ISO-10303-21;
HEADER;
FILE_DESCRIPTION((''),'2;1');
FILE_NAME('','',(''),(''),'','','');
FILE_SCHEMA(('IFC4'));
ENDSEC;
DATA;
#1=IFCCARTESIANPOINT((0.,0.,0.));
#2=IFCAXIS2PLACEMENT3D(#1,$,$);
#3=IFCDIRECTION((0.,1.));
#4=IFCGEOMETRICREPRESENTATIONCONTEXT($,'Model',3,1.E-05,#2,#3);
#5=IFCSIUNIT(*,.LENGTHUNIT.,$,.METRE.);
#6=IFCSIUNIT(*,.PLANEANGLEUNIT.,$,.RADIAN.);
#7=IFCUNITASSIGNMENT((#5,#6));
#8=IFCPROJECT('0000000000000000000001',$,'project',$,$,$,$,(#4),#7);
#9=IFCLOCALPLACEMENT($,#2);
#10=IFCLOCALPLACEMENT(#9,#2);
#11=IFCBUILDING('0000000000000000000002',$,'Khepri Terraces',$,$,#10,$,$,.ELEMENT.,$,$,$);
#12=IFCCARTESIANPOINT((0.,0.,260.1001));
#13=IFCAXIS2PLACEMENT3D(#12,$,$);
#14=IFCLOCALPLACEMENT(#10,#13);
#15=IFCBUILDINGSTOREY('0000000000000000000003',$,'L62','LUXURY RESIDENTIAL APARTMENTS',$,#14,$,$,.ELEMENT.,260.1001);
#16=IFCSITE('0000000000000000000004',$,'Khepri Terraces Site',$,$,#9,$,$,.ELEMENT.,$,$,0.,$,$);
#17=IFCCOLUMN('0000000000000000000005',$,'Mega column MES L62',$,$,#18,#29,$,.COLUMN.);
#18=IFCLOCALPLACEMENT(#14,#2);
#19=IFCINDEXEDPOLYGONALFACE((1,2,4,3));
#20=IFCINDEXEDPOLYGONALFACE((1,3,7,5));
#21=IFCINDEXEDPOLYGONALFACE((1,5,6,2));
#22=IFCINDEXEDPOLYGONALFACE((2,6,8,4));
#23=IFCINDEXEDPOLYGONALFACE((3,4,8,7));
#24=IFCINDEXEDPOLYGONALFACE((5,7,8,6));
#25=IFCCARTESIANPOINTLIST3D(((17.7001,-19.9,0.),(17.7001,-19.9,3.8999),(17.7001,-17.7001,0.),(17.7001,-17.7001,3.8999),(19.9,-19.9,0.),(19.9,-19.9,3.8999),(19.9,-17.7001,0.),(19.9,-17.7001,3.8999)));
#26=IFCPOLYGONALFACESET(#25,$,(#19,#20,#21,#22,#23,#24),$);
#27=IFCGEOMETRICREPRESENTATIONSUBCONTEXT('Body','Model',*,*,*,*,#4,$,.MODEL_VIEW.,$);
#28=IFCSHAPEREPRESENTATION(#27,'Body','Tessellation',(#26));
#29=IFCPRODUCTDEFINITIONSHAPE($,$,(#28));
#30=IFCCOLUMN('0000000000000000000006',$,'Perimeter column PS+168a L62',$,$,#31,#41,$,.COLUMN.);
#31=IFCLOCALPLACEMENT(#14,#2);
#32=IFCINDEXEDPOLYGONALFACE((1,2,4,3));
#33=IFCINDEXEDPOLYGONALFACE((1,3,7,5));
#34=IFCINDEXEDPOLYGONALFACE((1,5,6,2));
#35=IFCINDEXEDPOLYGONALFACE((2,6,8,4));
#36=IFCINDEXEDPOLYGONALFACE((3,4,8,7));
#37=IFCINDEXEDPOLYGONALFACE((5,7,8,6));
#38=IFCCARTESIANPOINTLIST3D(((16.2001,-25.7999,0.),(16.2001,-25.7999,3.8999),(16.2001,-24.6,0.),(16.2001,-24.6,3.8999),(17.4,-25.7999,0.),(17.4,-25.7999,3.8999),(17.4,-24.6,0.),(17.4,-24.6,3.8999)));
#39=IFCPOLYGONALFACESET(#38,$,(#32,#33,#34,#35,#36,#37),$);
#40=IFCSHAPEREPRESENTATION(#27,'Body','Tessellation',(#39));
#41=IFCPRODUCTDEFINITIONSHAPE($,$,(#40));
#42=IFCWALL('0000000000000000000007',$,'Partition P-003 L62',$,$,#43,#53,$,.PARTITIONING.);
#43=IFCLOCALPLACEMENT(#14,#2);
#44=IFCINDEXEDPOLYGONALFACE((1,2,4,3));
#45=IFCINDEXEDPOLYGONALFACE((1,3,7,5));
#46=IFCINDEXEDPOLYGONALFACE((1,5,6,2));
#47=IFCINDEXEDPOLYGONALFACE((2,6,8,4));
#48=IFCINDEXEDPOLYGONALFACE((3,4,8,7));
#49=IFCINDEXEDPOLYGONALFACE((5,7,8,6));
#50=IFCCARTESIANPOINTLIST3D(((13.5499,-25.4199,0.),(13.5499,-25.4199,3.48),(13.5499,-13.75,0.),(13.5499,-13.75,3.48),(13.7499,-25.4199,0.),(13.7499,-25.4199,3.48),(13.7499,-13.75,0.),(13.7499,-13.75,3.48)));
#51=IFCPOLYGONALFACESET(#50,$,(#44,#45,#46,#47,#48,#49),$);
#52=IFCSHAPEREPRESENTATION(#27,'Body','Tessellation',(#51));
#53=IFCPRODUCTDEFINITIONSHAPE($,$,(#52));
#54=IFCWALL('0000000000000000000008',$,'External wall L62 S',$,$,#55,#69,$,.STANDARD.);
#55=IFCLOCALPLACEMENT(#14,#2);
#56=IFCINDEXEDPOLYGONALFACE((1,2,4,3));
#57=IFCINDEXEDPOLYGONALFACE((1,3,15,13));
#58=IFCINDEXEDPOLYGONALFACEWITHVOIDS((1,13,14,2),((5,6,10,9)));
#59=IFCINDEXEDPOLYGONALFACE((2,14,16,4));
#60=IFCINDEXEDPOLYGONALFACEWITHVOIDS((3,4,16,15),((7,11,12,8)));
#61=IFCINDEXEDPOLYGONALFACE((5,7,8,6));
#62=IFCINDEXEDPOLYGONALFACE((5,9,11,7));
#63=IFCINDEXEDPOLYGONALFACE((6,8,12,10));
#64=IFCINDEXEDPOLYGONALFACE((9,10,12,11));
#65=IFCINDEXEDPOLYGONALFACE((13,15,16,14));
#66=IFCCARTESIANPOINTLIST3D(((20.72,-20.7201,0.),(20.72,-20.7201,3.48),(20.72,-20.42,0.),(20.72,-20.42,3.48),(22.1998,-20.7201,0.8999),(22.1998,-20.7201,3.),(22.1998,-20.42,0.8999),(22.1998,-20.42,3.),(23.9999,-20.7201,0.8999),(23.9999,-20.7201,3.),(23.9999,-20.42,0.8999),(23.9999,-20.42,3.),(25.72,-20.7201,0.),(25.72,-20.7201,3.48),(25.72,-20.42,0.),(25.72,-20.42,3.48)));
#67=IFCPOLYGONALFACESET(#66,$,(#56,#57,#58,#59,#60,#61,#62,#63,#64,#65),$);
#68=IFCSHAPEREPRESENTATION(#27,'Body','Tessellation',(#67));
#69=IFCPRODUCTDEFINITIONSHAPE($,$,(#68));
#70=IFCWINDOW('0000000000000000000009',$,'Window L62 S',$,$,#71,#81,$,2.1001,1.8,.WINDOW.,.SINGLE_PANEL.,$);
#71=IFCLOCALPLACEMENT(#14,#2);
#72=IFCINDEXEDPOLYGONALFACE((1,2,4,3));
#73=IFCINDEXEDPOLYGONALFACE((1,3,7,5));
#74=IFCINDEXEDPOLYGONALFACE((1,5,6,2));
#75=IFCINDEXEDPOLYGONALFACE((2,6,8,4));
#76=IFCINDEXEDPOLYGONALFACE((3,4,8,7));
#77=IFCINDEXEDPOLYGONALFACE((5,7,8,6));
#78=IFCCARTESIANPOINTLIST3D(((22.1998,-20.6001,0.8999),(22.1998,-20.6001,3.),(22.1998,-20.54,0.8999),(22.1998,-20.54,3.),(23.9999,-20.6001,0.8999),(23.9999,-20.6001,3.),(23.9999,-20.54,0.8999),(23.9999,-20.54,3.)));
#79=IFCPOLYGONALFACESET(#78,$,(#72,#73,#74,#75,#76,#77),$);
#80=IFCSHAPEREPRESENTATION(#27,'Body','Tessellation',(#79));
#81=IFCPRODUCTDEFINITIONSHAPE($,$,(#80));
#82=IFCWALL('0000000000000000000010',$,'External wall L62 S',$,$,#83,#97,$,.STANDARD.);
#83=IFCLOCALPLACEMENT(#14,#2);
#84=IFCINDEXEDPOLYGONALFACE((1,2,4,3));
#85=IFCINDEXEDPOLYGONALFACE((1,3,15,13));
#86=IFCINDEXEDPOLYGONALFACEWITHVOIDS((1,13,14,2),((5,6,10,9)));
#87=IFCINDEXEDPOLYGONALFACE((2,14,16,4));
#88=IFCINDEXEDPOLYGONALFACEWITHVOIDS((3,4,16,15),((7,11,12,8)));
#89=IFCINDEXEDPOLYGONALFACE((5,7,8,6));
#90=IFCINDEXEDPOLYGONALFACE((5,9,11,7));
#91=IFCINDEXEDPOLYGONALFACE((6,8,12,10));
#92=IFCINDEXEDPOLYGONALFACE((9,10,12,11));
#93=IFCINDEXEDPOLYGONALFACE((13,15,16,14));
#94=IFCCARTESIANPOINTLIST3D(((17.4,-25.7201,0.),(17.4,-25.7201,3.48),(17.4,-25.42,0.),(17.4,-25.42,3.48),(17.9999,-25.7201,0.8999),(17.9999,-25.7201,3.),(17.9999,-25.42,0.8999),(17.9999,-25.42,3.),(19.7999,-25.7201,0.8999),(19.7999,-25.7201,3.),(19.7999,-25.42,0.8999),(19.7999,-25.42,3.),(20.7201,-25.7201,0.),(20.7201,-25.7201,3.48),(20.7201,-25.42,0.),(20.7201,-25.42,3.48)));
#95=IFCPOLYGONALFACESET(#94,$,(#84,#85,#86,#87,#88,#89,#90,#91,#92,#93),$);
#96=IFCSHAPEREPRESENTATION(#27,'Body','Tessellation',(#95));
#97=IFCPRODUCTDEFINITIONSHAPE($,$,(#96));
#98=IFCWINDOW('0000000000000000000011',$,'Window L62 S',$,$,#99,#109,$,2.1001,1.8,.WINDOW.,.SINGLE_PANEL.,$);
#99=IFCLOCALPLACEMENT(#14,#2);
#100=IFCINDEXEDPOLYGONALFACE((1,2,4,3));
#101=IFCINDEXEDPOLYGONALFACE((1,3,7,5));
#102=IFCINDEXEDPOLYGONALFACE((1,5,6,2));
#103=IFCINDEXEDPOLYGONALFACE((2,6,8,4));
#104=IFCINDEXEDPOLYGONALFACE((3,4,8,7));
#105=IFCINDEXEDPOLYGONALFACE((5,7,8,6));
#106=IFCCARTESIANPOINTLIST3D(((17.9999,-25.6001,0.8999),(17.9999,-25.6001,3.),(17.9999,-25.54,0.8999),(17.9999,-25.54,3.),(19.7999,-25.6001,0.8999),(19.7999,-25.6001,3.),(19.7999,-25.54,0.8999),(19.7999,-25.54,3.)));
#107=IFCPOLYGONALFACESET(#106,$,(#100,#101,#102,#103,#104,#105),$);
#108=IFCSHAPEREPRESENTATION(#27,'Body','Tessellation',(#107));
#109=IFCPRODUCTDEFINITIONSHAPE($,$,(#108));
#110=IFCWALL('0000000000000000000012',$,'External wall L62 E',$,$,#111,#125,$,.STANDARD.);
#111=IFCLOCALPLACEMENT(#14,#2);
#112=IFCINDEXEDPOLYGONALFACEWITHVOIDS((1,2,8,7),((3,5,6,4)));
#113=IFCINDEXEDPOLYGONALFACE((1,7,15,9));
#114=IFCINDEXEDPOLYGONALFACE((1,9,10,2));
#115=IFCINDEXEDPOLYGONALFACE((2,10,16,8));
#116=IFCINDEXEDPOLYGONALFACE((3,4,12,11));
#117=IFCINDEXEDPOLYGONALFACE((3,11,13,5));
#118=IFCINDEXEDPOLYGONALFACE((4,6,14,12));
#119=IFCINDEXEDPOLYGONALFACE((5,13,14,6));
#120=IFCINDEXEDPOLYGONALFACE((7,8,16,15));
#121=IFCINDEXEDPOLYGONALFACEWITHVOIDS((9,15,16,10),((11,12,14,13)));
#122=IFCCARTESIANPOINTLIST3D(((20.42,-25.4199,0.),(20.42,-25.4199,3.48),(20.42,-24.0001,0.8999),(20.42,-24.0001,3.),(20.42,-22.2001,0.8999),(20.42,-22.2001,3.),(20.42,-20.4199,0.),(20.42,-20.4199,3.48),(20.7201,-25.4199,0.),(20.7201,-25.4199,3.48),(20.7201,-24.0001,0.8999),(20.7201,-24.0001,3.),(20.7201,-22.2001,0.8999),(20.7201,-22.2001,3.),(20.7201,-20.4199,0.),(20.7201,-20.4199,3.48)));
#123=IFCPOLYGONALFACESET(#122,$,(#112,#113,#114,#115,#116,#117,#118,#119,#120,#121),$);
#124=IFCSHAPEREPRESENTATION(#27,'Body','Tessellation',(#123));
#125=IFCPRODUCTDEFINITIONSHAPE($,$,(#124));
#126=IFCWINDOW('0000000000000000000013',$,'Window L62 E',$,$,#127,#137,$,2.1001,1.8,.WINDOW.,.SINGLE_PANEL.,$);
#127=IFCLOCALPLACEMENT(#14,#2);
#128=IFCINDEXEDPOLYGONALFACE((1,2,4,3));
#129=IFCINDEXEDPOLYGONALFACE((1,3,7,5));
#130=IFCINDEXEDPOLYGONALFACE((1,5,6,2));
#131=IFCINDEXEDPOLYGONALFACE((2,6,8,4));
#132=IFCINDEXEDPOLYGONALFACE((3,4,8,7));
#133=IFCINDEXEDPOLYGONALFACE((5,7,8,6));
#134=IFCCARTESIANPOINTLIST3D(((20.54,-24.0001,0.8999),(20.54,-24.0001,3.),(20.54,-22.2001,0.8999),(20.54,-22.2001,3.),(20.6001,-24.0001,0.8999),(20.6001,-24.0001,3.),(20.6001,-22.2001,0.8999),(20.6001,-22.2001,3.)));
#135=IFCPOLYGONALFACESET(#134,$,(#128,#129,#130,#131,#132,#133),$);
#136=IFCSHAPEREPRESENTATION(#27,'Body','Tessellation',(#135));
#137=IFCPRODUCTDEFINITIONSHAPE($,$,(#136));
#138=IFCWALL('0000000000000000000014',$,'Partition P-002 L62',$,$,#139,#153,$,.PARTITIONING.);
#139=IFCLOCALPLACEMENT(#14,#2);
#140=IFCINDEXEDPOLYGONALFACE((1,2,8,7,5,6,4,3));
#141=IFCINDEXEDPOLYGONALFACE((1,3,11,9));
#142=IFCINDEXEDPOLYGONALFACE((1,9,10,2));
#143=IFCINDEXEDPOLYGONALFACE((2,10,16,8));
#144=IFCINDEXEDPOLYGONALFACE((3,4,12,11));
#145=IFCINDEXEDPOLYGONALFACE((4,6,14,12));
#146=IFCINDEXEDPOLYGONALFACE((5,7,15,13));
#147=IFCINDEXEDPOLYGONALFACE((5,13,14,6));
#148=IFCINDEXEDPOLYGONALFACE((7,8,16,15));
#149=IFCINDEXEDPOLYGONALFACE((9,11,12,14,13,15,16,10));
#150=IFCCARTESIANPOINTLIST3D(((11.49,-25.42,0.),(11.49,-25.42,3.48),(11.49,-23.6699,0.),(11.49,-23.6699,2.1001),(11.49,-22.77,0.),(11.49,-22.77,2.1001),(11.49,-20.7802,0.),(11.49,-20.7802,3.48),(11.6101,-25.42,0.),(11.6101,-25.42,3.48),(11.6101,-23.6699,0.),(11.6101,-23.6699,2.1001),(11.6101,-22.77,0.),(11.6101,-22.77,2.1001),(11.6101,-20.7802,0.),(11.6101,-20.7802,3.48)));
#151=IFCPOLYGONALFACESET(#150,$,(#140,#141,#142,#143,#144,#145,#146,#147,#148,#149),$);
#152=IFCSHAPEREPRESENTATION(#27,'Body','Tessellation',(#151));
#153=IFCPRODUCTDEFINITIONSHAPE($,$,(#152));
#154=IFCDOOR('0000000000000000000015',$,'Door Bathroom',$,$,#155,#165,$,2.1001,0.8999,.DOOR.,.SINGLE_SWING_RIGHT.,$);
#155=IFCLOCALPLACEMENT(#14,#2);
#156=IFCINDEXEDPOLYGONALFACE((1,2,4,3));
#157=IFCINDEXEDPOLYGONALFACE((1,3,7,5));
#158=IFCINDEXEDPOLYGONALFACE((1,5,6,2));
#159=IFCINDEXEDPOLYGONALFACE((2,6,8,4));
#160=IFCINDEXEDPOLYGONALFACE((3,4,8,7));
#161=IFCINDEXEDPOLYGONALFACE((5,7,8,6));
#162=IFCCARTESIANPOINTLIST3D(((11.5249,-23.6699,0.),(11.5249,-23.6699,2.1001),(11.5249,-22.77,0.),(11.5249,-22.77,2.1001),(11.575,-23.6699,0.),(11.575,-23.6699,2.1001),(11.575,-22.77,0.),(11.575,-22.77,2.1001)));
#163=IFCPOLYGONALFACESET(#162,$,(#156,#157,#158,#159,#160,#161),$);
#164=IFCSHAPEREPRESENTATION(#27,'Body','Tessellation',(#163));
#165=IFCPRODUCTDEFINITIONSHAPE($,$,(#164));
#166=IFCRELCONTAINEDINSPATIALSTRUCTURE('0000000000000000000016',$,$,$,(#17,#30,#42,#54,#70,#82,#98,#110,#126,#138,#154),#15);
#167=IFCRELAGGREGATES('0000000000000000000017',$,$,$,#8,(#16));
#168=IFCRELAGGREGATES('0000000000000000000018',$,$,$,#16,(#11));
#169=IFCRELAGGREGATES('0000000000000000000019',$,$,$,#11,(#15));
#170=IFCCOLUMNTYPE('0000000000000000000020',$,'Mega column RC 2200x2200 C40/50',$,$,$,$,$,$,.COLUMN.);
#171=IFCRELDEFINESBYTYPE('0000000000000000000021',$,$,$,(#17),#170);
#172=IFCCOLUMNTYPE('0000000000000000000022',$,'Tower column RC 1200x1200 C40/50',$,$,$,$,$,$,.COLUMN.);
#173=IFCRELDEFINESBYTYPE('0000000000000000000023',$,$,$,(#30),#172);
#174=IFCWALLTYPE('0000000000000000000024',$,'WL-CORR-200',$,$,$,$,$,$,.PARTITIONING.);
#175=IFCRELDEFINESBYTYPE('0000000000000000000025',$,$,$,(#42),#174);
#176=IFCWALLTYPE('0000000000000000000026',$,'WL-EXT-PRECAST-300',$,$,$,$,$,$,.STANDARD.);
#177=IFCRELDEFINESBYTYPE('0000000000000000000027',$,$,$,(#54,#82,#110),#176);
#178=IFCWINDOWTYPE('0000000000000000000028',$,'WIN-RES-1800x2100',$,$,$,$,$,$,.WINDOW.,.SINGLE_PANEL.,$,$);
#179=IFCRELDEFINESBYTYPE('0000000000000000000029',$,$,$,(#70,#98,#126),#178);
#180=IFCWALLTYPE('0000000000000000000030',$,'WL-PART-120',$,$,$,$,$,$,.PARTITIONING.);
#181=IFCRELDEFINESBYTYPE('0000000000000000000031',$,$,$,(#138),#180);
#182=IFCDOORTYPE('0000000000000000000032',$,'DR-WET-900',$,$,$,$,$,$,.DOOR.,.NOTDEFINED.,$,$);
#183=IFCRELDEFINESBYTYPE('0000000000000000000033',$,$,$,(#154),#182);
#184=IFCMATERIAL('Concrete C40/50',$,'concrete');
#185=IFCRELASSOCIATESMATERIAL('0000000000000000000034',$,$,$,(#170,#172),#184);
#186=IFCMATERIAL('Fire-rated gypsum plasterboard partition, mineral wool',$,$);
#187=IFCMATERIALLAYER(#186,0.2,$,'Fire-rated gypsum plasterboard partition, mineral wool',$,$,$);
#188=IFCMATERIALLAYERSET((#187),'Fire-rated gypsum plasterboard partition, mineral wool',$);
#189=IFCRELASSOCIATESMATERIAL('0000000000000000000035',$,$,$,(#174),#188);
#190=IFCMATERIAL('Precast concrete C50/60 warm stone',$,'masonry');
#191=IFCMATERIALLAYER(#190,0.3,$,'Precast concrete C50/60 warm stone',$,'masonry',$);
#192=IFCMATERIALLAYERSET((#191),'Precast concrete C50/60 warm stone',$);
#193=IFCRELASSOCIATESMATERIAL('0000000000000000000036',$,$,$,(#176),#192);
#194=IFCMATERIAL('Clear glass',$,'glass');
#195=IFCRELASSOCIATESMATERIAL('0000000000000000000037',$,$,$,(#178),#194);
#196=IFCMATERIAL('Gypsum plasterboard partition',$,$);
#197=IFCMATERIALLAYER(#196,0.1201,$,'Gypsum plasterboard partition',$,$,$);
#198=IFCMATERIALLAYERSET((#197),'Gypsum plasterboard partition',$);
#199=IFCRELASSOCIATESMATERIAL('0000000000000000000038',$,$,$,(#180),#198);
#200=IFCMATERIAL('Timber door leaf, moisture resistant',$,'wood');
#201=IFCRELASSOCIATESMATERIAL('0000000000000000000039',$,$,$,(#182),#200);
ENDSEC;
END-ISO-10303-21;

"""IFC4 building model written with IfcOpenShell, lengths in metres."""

from ifc_helpers import new_model, si_unit, direction, frame, frame_2d, origin, origin_2d, place, context, subcontext, project, spatial, rectangle, extrude, material, layer, layer_set, material_profile, profile_set, type_object, element, fill, save


model = new_model("IFC4")

# Units and contexts
model_context = context("Model", 3, precision=1e-05, world=origin(), true_north=direction((0.0, 1.0)))
body_context = subcontext(model_context, "Body", "Model", "MODEL_VIEW")
ifc_project = project(units=[si_unit("LENGTHUNIT", "METRE"), si_unit("PLANEANGLEUNIT", "RADIAN")], contexts=[model_context])

# Site, building, storey
site_placement = place(None, origin())
site = spatial("IfcSite", under=ifc_project, at=site_placement, Name="Khepri Terraces Site", CompositionType="ELEMENT", RefElevation=0.0)
building_placement = place(site_placement, origin())
building = spatial("IfcBuilding", under=site, at=building_placement, Name="Khepri Terraces", CompositionType="ELEMENT")
storey_placement = place(building_placement, frame((0.0, 0.0, 260.1001)))
storey = spatial("IfcBuildingStorey", under=building, at=storey_placement, Name="L62", Description="LUXURY RESIDENTIAL APARTMENTS", CompositionType="ELEMENT", Elevation=260.1001)

# Columns
ifc_material_1 = material(Name="Concrete C40/50", Category="concrete")
ifc_material_profile_1 = material_profile(ifc_material_1, rectangle(XDim=2.2, YDim=2.2, at=origin_2d()), Name="Concrete C40/50", Category="concrete")
ifc_profile_set_1 = profile_set([ifc_material_profile_1], Name="Concrete C40/50")
column_type_1 = type_object("IfcColumnType", Name="Mega column RC 2200x2200 C40/50", PredefinedType="COLUMN", material=ifc_profile_set_1)
column_1_placement = place(storey_placement, frame((18.8, -18.8, 0.0), z_axis=(0.0, 0.0, 1.0), x_axis=(1.0, 0.0, 0.0)))
element("IfcColumn", 1, at=column_1_placement, inside=storey, type_object=column_type_1, Name="Mega column MES L62", PredefinedType="COLUMN", context=body_context, shape_type="SweptSolid", body=[
    extrude(rectangle(XDim=2.2, YDim=2.2, at=origin_2d()), origin(), (0.0, 0.0, 1.0), 3.8999),
])
ifc_material_profile_2 = material_profile(ifc_material_1, rectangle(XDim=1.2, YDim=1.2, at=origin_2d()), Name="Concrete C40/50", Category="concrete")
ifc_profile_set_2 = profile_set([ifc_material_profile_2], Name="Concrete C40/50")
column_type_2 = type_object("IfcColumnType", Name="Tower column RC 1200x1200 C40/50", PredefinedType="COLUMN", material=ifc_profile_set_2)
column_2_placement = place(storey_placement, frame((16.8, -25.2, 0.0), z_axis=(0.0, 0.0, 1.0), x_axis=(1.0, 0.0, 0.0)))
element("IfcColumn", 2, at=column_2_placement, inside=storey, type_object=column_type_2, Name="Perimeter column PS+168a L62", PredefinedType="COLUMN", context=body_context, shape_type="SweptSolid", body=[
    extrude(rectangle(XDim=1.2, YDim=1.2, at=origin_2d()), origin(), (0.0, 0.0, 1.0), 3.8999),
])

# Wall
ifc_material_2 = material(Name="Fire-rated gypsum plasterboard partition, mineral wool")
ifc_layer_1 = layer(ifc_material_2, 0.2, Name="Fire-rated gypsum plasterboard partition, mineral wool")
ifc_layer_set_1 = layer_set([ifc_layer_1], Name="Fire-rated gypsum plasterboard partition, mineral wool")
wall_type_1 = type_object("IfcWallType", Name="WL-CORR-200", PredefinedType="PARTITIONING", material=ifc_layer_set_1)
wall_1_placement = place(storey_placement, frame((13.6499, -25.4199, 0.0), z_axis=(0.0, 0.0, 1.0), x_axis=(0.0, 1.0, 0.0)))
element("IfcWall", 3, at=wall_1_placement, inside=storey, type_object=wall_type_1, Name="Partition P-003 L62", PredefinedType="PARTITIONING", context=body_context, shape_type="SweptSolid", body=[
    extrude(rectangle(XDim=11.6699, YDim=0.2, at=frame_2d((5.835, 0.0))), origin(), (0.0, 0.0, 1.0), 3.48),
])

# Wall, opening, window
ifc_material_3 = material(Name="Precast concrete C50/60 warm stone", Category="masonry")
ifc_layer_2 = layer(ifc_material_3, 0.3, Name="Precast concrete C50/60 warm stone", Category="masonry")
ifc_layer_set_2 = layer_set([ifc_layer_2], Name="Precast concrete C50/60 warm stone")
wall_type_2 = type_object("IfcWallType", Name="WL-EXT-PRECAST-300", PredefinedType="STANDARD", material=ifc_layer_set_2)
wall_2_placement = place(storey_placement, frame((20.72, -20.5701, 0.0), z_axis=(0.0, 0.0, 1.0), x_axis=(1.0, 0.0, 0.0)))
wall_2 = element("IfcWall", 4, at=wall_2_placement, inside=storey, type_object=wall_type_2, Name="External wall L62 S", PredefinedType="STANDARD", context=body_context, shape_type="SweptSolid", body=[
    extrude(rectangle(XDim=5.0, YDim=0.3, at=frame_2d((2.5, 0.0))), origin(), (0.0, 0.0, 1.0), 3.48),
])
opening_1_placement = place(wall_2_placement, frame((1.48, 0.0, 0.8999)))
opening_1 = element("IfcOpeningElement", 5, at=opening_1_placement, cuts=wall_2, PredefinedType="OPENING", context=body_context, shape_type="SweptSolid", body=[
    extrude(rectangle(XDim=1.8, YDim=2.1001, at=frame_2d((0.8999, 1.05))), frame((0.0, 0.1602, 0.0), z_axis=(0.0, -1.0, 0.0), x_axis=(1.0, 0.0, 0.0)), (0.0, 0.0, 1.0), 0.3201),
])
ifc_material_4 = material(Name="Clear glass", Category="glass")
window_type = type_object("IfcWindowType", Name="WIN-RES-1800x2100", PartitioningType="SINGLE_PANEL", PredefinedType="WINDOW", material=ifc_material_4)
window_1_placement = place(opening_1_placement, origin())
window_1 = element("IfcWindow", 6, at=window_1_placement, inside=storey, type_object=window_type, Name="Window L62 S", OverallHeight=2.1001, OverallWidth=1.8, PartitioningType="SINGLE_PANEL", PredefinedType="WINDOW", context=body_context, shape_type="SweptSolid", body=[
    extrude(rectangle(XDim=1.8, YDim=2.1001, at=frame_2d((0.8999, 1.05))), frame((0.0, 0.03, 0.0), z_axis=(0.0, -1.0, 0.0), x_axis=(1.0, 0.0, 0.0)), (0.0, 0.0, 1.0), 0.0601),
])
fill(opening_1, window_1)

# Walls, openings, windows
wall_3_placement = place(storey_placement, frame((17.3999, -25.5701, 0.0), z_axis=(0.0, 0.0, 1.0), x_axis=(1.0, 0.0, 0.0)))
wall_3 = element("IfcWall", 7, at=wall_3_placement, inside=storey, type_object=wall_type_2, Name="External wall L62 S", PredefinedType="STANDARD", context=body_context, shape_type="SweptSolid", body=[
    extrude(rectangle(XDim=3.3201, YDim=0.3, at=frame_2d((1.6602, 0.0))), origin(), (0.0, 0.0, 1.0), 3.48),
])
opening_2_placement = place(wall_3_placement, frame((0.6001, 0.0, 0.8999)))
opening_2 = element("IfcOpeningElement", 8, at=opening_2_placement, cuts=wall_3, PredefinedType="OPENING", context=body_context, shape_type="SweptSolid", body=[
    extrude(rectangle(XDim=1.8, YDim=2.1001, at=frame_2d((0.8999, 1.05))), frame((0.0, 0.1602, 0.0), z_axis=(0.0, -1.0, 0.0), x_axis=(1.0, 0.0, 0.0)), (0.0, 0.0, 1.0), 0.3201),
])
window_2_placement = place(opening_2_placement, origin())
window_2 = element("IfcWindow", 9, at=window_2_placement, inside=storey, type_object=window_type, Name="Window L62 S", OverallHeight=2.1001, OverallWidth=1.8, PartitioningType="SINGLE_PANEL", PredefinedType="WINDOW", context=body_context, shape_type="SweptSolid", body=[
    extrude(rectangle(XDim=1.8, YDim=2.1001, at=frame_2d((0.8999, 1.05))), frame((0.0, 0.03, 0.0), z_axis=(0.0, -1.0, 0.0), x_axis=(1.0, 0.0, 0.0)), (0.0, 0.0, 1.0), 0.0601),
])
fill(opening_2, window_2)
wall_4_placement = place(storey_placement, frame((20.5701, -25.4199, 0.0), z_axis=(0.0, 0.0, 1.0), x_axis=(0.0, 1.0, 0.0)))
wall_4 = element("IfcWall", 10, at=wall_4_placement, inside=storey, type_object=wall_type_2, Name="External wall L62 E", PredefinedType="STANDARD", context=body_context, shape_type="SweptSolid", body=[
    extrude(rectangle(XDim=5.0, YDim=0.3, at=frame_2d((2.5, 0.0))), origin(), (0.0, 0.0, 1.0), 3.48),
])
opening_3_placement = place(wall_4_placement, frame((1.4199, 0.0, 0.8999)))
opening_3 = element("IfcOpeningElement", 11, at=opening_3_placement, cuts=wall_4, PredefinedType="OPENING", context=body_context, shape_type="SweptSolid", body=[
    extrude(rectangle(XDim=1.8, YDim=2.1001, at=frame_2d((0.8999, 1.05))), frame((0.0, 0.1602, 0.0), z_axis=(0.0, -1.0, 0.0), x_axis=(1.0, 0.0, 0.0)), (0.0, 0.0, 1.0), 0.3201),
])
window_3_placement = place(opening_3_placement, origin())
window_3 = element("IfcWindow", 12, at=window_3_placement, inside=storey, type_object=window_type, Name="Window L62 E", OverallHeight=2.1001, OverallWidth=1.8, PartitioningType="SINGLE_PANEL", PredefinedType="WINDOW", context=body_context, shape_type="SweptSolid", body=[
    extrude(rectangle(XDim=1.8, YDim=2.1001, at=frame_2d((0.8999, 1.05))), frame((0.0, 0.03, 0.0), z_axis=(0.0, -1.0, 0.0), x_axis=(1.0, 0.0, 0.0)), (0.0, 0.0, 1.0), 0.0601),
])
fill(opening_3, window_3)

# Wall, opening, door
ifc_material_5 = material(Name="Gypsum plasterboard partition")
ifc_layer_3 = layer(ifc_material_5, 0.1201, Name="Gypsum plasterboard partition")
ifc_layer_set_3 = layer_set([ifc_layer_3], Name="Gypsum plasterboard partition")
wall_type_3 = type_object("IfcWallType", Name="WL-PART-120", PredefinedType="PARTITIONING", material=ifc_layer_set_3)
wall_5_placement = place(storey_placement, frame((11.55, -25.4199, 0.0), z_axis=(0.0, 0.0, 1.0), x_axis=(0.0, 1.0, 0.0)))
wall_5 = element("IfcWall", 13, at=wall_5_placement, inside=storey, type_object=wall_type_3, Name="Partition P-002 L62", PredefinedType="PARTITIONING", context=body_context, shape_type="SweptSolid", body=[
    extrude(rectangle(XDim=4.6399, YDim=0.1201, at=frame_2d((2.3198, 0.0))), origin(), (0.0, 0.0, 1.0), 3.48),
])
opening_4_placement = place(wall_5_placement, frame((1.75, 0.0, 0.0)))
opening_4 = element("IfcOpeningElement", 14, at=opening_4_placement, cuts=wall_5, PredefinedType="OPENING", context=body_context, shape_type="SweptSolid", body=[
    extrude(rectangle(XDim=0.8999, YDim=2.1001, at=frame_2d((0.45, 1.05))), frame((0.0, 0.0701, 0.0), z_axis=(0.0, -1.0, 0.0), x_axis=(1.0, 0.0, 0.0)), (0.0, 0.0, 1.0), 0.1401),
])
ifc_material_6 = material(Name="Timber door leaf, moisture resistant", Category="wood")
door_type_1 = type_object("IfcDoorType", Name="DR-WET-900", OperationType="NOTDEFINED", PredefinedType="DOOR", material=ifc_material_6)
door_1_placement = place(opening_4_placement, frame((0.8999, 0.0, 0.0), z_axis=(0.0, 0.0, 1.0), x_axis=(-1.0, 0.0, 0.0)))
door_1 = element("IfcDoor", 15, at=door_1_placement, inside=storey, type_object=door_type_1, Name="Door Bathroom", OperationType="SINGLE_SWING_RIGHT", OverallHeight=2.1001, OverallWidth=0.8999, PredefinedType="DOOR", context=body_context, shape_type="SweptSolid", body=[
    extrude(rectangle(XDim=0.8999, YDim=2.1001, at=frame_2d((0.45, 1.05))), frame((0.0, 0.0249, 0.0), z_axis=(0.0, -1.0, 0.0), x_axis=(1.0, 0.0, 0.0)), (0.0, 0.0, 1.0), 0.05),
])
fill(opening_4, door_1)

save(model, "model.ifc")
